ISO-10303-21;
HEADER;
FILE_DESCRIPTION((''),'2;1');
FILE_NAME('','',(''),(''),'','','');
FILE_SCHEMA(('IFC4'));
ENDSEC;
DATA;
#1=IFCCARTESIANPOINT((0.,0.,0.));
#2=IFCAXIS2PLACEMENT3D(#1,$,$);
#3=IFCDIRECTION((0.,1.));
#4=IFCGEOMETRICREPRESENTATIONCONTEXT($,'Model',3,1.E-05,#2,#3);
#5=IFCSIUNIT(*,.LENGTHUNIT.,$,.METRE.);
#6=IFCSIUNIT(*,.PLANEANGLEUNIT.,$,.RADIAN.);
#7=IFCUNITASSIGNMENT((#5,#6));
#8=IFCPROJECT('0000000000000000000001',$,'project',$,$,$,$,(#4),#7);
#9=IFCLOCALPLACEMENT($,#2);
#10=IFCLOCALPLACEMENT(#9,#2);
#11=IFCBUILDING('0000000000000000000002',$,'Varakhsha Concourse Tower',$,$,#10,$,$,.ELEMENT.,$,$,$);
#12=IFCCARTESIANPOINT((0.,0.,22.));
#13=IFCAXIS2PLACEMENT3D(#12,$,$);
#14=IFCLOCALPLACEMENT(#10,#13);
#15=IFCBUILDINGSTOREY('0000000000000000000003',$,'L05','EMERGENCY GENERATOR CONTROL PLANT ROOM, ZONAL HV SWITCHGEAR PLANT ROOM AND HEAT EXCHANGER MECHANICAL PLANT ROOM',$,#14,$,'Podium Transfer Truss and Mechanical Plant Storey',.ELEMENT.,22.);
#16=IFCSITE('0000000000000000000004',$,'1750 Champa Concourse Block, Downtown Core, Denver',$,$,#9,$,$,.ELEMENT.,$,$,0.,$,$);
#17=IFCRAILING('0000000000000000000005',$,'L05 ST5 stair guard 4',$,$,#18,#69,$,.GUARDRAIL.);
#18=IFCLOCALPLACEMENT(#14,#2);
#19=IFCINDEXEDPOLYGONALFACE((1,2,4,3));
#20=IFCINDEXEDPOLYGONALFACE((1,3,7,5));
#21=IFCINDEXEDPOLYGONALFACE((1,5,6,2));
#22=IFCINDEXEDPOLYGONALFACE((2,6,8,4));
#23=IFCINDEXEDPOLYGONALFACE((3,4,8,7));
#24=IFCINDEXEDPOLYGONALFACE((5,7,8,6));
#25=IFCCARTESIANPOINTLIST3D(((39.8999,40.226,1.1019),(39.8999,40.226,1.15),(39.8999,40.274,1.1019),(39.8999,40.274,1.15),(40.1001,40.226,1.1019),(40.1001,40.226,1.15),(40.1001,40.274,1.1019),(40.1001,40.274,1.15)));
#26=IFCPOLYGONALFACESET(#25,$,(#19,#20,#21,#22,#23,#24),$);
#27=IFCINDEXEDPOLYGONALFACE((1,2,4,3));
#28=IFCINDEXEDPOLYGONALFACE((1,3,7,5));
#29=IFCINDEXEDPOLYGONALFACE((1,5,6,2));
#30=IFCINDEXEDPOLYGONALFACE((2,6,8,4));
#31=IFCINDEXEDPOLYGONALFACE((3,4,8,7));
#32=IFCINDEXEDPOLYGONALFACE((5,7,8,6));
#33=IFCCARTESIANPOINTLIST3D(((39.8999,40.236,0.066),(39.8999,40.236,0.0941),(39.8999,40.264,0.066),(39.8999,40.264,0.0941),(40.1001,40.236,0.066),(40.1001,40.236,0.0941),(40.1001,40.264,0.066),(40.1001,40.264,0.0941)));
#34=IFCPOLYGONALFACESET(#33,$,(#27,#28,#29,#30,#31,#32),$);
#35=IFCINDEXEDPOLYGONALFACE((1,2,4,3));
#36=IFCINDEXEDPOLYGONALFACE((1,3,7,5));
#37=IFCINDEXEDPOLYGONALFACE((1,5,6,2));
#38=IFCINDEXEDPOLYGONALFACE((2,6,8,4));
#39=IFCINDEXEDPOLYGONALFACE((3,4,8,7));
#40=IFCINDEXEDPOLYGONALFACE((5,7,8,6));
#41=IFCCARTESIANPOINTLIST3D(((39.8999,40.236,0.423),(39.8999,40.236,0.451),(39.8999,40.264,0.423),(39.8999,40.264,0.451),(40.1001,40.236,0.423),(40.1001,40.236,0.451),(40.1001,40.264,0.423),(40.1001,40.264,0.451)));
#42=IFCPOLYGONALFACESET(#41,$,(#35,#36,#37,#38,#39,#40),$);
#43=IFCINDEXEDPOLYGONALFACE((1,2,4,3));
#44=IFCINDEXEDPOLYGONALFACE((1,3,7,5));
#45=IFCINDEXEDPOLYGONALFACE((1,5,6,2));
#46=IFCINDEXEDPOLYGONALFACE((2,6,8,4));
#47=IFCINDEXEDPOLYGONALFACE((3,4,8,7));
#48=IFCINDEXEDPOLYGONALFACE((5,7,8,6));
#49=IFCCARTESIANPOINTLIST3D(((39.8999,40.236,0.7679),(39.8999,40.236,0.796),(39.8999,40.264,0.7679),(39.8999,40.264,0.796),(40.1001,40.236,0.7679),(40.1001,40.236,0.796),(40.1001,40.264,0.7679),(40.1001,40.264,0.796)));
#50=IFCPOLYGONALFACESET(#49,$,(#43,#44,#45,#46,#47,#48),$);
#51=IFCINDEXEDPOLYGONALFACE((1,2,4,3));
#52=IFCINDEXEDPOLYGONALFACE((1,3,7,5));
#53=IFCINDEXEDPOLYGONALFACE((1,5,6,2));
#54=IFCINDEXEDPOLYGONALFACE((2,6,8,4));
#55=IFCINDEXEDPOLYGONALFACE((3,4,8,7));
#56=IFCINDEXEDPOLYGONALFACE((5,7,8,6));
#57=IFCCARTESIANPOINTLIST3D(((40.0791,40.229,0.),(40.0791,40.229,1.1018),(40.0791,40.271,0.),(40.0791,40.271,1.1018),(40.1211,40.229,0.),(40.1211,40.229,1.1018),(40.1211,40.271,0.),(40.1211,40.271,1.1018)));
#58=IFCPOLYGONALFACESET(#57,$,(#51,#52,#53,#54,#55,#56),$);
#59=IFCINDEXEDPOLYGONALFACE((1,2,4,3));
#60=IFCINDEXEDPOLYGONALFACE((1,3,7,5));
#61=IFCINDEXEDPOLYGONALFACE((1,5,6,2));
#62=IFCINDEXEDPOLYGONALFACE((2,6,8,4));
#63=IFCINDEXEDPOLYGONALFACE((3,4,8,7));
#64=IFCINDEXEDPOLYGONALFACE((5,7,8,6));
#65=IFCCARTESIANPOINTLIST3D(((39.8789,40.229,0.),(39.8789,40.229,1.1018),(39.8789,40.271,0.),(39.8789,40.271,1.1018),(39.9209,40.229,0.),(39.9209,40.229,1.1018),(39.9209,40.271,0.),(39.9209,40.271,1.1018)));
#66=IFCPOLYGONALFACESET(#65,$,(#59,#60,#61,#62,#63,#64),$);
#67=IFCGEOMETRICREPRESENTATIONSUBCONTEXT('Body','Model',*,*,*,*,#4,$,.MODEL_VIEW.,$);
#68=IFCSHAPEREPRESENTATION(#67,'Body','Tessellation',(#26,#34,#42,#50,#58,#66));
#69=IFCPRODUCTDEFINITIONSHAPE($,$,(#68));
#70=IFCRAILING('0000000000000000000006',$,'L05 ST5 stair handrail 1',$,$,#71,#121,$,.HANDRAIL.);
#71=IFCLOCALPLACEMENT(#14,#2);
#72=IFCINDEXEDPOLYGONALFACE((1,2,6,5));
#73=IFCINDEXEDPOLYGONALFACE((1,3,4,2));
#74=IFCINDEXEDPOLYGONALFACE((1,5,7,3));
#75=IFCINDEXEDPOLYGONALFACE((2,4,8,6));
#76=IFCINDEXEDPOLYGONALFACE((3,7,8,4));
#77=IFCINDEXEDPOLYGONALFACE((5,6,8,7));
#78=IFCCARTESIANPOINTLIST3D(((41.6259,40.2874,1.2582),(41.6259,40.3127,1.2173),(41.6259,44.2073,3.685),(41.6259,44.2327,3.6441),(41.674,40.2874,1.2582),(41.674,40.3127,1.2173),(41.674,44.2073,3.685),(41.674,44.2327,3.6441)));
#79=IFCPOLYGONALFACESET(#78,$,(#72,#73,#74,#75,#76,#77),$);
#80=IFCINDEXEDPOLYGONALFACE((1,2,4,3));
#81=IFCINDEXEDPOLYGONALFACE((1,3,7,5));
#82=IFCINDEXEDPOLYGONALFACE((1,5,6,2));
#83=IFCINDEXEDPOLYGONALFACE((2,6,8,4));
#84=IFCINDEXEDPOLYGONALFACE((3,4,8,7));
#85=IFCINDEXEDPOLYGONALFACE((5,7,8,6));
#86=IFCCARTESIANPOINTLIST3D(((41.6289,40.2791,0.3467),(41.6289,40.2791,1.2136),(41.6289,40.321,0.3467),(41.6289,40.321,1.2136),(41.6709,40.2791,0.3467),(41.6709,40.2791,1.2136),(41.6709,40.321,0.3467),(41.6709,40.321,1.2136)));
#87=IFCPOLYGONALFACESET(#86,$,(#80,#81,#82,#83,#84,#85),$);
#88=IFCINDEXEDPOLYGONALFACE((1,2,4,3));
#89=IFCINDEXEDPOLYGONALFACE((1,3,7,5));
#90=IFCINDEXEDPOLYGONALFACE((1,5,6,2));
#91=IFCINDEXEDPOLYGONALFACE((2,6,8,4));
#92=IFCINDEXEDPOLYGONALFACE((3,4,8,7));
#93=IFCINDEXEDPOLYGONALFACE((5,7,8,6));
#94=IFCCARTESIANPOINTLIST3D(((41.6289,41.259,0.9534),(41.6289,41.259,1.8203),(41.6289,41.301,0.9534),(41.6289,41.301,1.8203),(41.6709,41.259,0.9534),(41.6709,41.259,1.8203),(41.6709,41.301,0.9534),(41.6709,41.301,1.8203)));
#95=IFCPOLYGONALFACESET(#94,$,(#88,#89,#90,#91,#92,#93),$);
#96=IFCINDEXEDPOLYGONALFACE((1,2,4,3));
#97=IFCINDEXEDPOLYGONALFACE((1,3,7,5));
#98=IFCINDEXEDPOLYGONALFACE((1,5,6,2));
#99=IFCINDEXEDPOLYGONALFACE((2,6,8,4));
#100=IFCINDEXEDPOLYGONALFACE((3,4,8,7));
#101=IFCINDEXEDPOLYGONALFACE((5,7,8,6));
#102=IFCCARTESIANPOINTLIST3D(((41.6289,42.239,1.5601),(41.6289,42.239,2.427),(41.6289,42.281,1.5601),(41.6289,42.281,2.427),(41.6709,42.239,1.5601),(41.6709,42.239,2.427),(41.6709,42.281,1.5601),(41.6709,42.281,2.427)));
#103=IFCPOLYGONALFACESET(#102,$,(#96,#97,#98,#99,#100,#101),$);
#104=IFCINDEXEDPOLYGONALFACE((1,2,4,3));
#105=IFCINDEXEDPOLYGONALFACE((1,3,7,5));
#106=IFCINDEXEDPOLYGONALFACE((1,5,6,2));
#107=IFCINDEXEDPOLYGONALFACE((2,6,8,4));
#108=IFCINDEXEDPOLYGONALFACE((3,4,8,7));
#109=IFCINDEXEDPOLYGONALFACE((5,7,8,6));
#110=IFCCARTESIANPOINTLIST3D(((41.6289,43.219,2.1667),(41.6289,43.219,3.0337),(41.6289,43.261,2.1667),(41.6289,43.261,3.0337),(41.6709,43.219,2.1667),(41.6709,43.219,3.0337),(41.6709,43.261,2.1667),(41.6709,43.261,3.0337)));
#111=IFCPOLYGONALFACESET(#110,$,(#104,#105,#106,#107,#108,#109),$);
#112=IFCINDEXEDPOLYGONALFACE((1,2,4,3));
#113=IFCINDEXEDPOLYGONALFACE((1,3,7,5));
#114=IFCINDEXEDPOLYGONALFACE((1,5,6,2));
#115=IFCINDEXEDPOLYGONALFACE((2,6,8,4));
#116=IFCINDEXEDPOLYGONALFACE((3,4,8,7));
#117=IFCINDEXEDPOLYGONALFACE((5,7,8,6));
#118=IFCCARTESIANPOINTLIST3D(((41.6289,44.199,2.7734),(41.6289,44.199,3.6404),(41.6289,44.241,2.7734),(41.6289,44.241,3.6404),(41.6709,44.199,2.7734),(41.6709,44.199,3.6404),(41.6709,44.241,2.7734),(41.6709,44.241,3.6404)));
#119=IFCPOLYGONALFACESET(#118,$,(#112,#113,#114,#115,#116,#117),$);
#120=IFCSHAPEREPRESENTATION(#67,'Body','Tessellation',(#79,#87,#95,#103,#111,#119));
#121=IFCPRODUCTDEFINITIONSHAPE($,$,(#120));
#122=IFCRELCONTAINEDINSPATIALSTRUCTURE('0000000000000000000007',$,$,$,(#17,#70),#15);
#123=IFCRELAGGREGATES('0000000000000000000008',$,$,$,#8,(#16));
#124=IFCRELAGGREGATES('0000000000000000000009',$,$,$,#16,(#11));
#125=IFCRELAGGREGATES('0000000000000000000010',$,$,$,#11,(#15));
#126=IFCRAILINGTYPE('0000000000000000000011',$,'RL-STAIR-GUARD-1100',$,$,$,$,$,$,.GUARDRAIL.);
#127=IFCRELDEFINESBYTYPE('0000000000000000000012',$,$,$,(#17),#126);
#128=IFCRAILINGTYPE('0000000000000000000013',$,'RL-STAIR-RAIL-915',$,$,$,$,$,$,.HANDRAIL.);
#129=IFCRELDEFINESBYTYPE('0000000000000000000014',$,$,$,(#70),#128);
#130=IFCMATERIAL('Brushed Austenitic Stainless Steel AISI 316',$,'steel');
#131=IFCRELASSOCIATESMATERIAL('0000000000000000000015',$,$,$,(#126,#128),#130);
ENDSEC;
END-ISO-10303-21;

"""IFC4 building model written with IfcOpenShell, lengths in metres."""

from ifc_helpers import new_model, si_unit, direction, frame, origin, origin_2d, place, context, subcontext, project, spatial, rectangle, extrude, material, type_object, element, save


model = new_model("IFC4")

# Units and contexts
model_context = context("Model", 3, precision=1e-05, world=origin(), true_north=direction((0.0, 1.0)))
body_context = subcontext(model_context, "Body", "Model", "MODEL_VIEW")
ifc_project = project(units=[si_unit("LENGTHUNIT", "METRE"), si_unit("PLANEANGLEUNIT", "RADIAN")], contexts=[model_context])

# Site, building, storey
site_placement = place(None, origin())
site = spatial("IfcSite", under=ifc_project, at=site_placement, Name="1750 Champa Concourse Block, Downtown Core, Denver", CompositionType="ELEMENT", RefElevation=0.0)
building_placement = place(site_placement, origin())
building = spatial("IfcBuilding", under=site, at=building_placement, Name="Varakhsha Concourse Tower", CompositionType="ELEMENT")
storey_placement = place(building_placement, frame((0.0, 0.0, 22.0)))
storey = spatial("IfcBuildingStorey", under=building, at=storey_placement, Name="L05", Description="EMERGENCY GENERATOR CONTROL PLANT ROOM, ZONAL HV SWITCHGEAR PLANT ROOM AND HEAT EXCHANGER MECHANICAL PLANT ROOM", LongName="Podium Transfer Truss and Mechanical Plant Storey", CompositionType="ELEMENT", Elevation=22.0)

# Railings
ifc_material_1 = material(Name="Brushed Austenitic Stainless Steel AISI 316", Category="steel")
railing_type_1 = type_object("IfcRailingType", Name="RL-STAIR-GUARD-1100", PredefinedType="GUARDRAIL", material=ifc_material_1)
railing_1_placement = place(storey_placement, frame((40.1001, 40.25, 0.0)))
element("IfcRailing", 1, at=railing_1_placement, inside=storey, type_object=railing_type_1, Name="L05 ST5 stair guard 4", PredefinedType="GUARDRAIL", context=body_context, shape_type="SweptSolid", body=[
    extrude(rectangle(XDim=0.0481, YDim=0.0481, at=origin_2d()), frame((0.0, 0.0, 1.126), z_axis=(-1.0, 0.0, 0.0), x_axis=(0.0, -1.0, 0.0)), (0.0, 0.0, 1.0), 0.2002),
    extrude(rectangle(XDim=0.0281, YDim=0.0281, at=origin_2d()), frame((0.0, 0.0, 0.0801), z_axis=(-1.0, 0.0, 0.0), x_axis=(0.0, -1.0, 0.0)), (0.0, 0.0, 1.0), 0.2002),
    extrude(rectangle(XDim=0.0281, YDim=0.0281, at=origin_2d()), frame((0.0, 0.0, 0.437), z_axis=(-1.0, 0.0, 0.0), x_axis=(0.0, -1.0, 0.0)), (0.0, 0.0, 1.0), 0.2002),
    extrude(rectangle(XDim=0.0281, YDim=0.0281, at=origin_2d()), frame((0.0, 0.0, 0.782), z_axis=(-1.0, 0.0, 0.0), x_axis=(0.0, -1.0, 0.0)), (0.0, 0.0, 1.0), 0.2002),
    extrude(rectangle(XDim=0.042, YDim=0.042, at=origin_2d()), origin(), (0.0, 0.0, 1.0), 1.1018),
    extrude(rectangle(XDim=0.042, YDim=0.042, at=origin_2d()), frame((-0.2002, 0.0, 0.0)), (0.0, 0.0, 1.0), 1.1018),
])
railing_type_2 = type_object("IfcRailingType", Name="RL-STAIR-RAIL-915", PredefinedType="HANDRAIL", material=ifc_material_1)
railing_2_placement = place(storey_placement, frame((41.6499, 40.3, 0.3467)))
element("IfcRailing", 2, at=railing_2_placement, inside=storey, type_object=railing_type_2, Name="L05 ST5 stair handrail 1", PredefinedType="HANDRAIL", context=body_context, shape_type="SweptSolid", body=[
    extrude(rectangle(XDim=0.0481, YDim=0.0481, at=origin_2d()), frame((0.0, 0.0, 0.8911), z_axis=(0.0, 0.850252, 0.526376), x_axis=(-1.0, 0.0, 0.0)), (0.0, 0.0, 1.0), 4.6104),
    extrude(rectangle(XDim=0.042, YDim=0.042, at=origin_2d()), origin(), (0.0, 0.0, 1.0), 0.8669),
    extrude(rectangle(XDim=0.042, YDim=0.042, at=origin_2d()), frame((0.0, 0.98, 0.6067)), (0.0, 0.0, 1.0), 0.8669),
    extrude(rectangle(XDim=0.042, YDim=0.042, at=origin_2d()), frame((0.0, 1.96, 1.2134)), (0.0, 0.0, 1.0), 0.8669),
    extrude(rectangle(XDim=0.042, YDim=0.042, at=origin_2d()), frame((0.0, 2.9399, 1.8201)), (0.0, 0.0, 1.0), 0.8669),
    extrude(rectangle(XDim=0.042, YDim=0.042, at=origin_2d()), frame((0.0, 3.9199, 2.4268)), (0.0, 0.0, 1.0), 0.8669),
])

save(model, "model.ifc")
